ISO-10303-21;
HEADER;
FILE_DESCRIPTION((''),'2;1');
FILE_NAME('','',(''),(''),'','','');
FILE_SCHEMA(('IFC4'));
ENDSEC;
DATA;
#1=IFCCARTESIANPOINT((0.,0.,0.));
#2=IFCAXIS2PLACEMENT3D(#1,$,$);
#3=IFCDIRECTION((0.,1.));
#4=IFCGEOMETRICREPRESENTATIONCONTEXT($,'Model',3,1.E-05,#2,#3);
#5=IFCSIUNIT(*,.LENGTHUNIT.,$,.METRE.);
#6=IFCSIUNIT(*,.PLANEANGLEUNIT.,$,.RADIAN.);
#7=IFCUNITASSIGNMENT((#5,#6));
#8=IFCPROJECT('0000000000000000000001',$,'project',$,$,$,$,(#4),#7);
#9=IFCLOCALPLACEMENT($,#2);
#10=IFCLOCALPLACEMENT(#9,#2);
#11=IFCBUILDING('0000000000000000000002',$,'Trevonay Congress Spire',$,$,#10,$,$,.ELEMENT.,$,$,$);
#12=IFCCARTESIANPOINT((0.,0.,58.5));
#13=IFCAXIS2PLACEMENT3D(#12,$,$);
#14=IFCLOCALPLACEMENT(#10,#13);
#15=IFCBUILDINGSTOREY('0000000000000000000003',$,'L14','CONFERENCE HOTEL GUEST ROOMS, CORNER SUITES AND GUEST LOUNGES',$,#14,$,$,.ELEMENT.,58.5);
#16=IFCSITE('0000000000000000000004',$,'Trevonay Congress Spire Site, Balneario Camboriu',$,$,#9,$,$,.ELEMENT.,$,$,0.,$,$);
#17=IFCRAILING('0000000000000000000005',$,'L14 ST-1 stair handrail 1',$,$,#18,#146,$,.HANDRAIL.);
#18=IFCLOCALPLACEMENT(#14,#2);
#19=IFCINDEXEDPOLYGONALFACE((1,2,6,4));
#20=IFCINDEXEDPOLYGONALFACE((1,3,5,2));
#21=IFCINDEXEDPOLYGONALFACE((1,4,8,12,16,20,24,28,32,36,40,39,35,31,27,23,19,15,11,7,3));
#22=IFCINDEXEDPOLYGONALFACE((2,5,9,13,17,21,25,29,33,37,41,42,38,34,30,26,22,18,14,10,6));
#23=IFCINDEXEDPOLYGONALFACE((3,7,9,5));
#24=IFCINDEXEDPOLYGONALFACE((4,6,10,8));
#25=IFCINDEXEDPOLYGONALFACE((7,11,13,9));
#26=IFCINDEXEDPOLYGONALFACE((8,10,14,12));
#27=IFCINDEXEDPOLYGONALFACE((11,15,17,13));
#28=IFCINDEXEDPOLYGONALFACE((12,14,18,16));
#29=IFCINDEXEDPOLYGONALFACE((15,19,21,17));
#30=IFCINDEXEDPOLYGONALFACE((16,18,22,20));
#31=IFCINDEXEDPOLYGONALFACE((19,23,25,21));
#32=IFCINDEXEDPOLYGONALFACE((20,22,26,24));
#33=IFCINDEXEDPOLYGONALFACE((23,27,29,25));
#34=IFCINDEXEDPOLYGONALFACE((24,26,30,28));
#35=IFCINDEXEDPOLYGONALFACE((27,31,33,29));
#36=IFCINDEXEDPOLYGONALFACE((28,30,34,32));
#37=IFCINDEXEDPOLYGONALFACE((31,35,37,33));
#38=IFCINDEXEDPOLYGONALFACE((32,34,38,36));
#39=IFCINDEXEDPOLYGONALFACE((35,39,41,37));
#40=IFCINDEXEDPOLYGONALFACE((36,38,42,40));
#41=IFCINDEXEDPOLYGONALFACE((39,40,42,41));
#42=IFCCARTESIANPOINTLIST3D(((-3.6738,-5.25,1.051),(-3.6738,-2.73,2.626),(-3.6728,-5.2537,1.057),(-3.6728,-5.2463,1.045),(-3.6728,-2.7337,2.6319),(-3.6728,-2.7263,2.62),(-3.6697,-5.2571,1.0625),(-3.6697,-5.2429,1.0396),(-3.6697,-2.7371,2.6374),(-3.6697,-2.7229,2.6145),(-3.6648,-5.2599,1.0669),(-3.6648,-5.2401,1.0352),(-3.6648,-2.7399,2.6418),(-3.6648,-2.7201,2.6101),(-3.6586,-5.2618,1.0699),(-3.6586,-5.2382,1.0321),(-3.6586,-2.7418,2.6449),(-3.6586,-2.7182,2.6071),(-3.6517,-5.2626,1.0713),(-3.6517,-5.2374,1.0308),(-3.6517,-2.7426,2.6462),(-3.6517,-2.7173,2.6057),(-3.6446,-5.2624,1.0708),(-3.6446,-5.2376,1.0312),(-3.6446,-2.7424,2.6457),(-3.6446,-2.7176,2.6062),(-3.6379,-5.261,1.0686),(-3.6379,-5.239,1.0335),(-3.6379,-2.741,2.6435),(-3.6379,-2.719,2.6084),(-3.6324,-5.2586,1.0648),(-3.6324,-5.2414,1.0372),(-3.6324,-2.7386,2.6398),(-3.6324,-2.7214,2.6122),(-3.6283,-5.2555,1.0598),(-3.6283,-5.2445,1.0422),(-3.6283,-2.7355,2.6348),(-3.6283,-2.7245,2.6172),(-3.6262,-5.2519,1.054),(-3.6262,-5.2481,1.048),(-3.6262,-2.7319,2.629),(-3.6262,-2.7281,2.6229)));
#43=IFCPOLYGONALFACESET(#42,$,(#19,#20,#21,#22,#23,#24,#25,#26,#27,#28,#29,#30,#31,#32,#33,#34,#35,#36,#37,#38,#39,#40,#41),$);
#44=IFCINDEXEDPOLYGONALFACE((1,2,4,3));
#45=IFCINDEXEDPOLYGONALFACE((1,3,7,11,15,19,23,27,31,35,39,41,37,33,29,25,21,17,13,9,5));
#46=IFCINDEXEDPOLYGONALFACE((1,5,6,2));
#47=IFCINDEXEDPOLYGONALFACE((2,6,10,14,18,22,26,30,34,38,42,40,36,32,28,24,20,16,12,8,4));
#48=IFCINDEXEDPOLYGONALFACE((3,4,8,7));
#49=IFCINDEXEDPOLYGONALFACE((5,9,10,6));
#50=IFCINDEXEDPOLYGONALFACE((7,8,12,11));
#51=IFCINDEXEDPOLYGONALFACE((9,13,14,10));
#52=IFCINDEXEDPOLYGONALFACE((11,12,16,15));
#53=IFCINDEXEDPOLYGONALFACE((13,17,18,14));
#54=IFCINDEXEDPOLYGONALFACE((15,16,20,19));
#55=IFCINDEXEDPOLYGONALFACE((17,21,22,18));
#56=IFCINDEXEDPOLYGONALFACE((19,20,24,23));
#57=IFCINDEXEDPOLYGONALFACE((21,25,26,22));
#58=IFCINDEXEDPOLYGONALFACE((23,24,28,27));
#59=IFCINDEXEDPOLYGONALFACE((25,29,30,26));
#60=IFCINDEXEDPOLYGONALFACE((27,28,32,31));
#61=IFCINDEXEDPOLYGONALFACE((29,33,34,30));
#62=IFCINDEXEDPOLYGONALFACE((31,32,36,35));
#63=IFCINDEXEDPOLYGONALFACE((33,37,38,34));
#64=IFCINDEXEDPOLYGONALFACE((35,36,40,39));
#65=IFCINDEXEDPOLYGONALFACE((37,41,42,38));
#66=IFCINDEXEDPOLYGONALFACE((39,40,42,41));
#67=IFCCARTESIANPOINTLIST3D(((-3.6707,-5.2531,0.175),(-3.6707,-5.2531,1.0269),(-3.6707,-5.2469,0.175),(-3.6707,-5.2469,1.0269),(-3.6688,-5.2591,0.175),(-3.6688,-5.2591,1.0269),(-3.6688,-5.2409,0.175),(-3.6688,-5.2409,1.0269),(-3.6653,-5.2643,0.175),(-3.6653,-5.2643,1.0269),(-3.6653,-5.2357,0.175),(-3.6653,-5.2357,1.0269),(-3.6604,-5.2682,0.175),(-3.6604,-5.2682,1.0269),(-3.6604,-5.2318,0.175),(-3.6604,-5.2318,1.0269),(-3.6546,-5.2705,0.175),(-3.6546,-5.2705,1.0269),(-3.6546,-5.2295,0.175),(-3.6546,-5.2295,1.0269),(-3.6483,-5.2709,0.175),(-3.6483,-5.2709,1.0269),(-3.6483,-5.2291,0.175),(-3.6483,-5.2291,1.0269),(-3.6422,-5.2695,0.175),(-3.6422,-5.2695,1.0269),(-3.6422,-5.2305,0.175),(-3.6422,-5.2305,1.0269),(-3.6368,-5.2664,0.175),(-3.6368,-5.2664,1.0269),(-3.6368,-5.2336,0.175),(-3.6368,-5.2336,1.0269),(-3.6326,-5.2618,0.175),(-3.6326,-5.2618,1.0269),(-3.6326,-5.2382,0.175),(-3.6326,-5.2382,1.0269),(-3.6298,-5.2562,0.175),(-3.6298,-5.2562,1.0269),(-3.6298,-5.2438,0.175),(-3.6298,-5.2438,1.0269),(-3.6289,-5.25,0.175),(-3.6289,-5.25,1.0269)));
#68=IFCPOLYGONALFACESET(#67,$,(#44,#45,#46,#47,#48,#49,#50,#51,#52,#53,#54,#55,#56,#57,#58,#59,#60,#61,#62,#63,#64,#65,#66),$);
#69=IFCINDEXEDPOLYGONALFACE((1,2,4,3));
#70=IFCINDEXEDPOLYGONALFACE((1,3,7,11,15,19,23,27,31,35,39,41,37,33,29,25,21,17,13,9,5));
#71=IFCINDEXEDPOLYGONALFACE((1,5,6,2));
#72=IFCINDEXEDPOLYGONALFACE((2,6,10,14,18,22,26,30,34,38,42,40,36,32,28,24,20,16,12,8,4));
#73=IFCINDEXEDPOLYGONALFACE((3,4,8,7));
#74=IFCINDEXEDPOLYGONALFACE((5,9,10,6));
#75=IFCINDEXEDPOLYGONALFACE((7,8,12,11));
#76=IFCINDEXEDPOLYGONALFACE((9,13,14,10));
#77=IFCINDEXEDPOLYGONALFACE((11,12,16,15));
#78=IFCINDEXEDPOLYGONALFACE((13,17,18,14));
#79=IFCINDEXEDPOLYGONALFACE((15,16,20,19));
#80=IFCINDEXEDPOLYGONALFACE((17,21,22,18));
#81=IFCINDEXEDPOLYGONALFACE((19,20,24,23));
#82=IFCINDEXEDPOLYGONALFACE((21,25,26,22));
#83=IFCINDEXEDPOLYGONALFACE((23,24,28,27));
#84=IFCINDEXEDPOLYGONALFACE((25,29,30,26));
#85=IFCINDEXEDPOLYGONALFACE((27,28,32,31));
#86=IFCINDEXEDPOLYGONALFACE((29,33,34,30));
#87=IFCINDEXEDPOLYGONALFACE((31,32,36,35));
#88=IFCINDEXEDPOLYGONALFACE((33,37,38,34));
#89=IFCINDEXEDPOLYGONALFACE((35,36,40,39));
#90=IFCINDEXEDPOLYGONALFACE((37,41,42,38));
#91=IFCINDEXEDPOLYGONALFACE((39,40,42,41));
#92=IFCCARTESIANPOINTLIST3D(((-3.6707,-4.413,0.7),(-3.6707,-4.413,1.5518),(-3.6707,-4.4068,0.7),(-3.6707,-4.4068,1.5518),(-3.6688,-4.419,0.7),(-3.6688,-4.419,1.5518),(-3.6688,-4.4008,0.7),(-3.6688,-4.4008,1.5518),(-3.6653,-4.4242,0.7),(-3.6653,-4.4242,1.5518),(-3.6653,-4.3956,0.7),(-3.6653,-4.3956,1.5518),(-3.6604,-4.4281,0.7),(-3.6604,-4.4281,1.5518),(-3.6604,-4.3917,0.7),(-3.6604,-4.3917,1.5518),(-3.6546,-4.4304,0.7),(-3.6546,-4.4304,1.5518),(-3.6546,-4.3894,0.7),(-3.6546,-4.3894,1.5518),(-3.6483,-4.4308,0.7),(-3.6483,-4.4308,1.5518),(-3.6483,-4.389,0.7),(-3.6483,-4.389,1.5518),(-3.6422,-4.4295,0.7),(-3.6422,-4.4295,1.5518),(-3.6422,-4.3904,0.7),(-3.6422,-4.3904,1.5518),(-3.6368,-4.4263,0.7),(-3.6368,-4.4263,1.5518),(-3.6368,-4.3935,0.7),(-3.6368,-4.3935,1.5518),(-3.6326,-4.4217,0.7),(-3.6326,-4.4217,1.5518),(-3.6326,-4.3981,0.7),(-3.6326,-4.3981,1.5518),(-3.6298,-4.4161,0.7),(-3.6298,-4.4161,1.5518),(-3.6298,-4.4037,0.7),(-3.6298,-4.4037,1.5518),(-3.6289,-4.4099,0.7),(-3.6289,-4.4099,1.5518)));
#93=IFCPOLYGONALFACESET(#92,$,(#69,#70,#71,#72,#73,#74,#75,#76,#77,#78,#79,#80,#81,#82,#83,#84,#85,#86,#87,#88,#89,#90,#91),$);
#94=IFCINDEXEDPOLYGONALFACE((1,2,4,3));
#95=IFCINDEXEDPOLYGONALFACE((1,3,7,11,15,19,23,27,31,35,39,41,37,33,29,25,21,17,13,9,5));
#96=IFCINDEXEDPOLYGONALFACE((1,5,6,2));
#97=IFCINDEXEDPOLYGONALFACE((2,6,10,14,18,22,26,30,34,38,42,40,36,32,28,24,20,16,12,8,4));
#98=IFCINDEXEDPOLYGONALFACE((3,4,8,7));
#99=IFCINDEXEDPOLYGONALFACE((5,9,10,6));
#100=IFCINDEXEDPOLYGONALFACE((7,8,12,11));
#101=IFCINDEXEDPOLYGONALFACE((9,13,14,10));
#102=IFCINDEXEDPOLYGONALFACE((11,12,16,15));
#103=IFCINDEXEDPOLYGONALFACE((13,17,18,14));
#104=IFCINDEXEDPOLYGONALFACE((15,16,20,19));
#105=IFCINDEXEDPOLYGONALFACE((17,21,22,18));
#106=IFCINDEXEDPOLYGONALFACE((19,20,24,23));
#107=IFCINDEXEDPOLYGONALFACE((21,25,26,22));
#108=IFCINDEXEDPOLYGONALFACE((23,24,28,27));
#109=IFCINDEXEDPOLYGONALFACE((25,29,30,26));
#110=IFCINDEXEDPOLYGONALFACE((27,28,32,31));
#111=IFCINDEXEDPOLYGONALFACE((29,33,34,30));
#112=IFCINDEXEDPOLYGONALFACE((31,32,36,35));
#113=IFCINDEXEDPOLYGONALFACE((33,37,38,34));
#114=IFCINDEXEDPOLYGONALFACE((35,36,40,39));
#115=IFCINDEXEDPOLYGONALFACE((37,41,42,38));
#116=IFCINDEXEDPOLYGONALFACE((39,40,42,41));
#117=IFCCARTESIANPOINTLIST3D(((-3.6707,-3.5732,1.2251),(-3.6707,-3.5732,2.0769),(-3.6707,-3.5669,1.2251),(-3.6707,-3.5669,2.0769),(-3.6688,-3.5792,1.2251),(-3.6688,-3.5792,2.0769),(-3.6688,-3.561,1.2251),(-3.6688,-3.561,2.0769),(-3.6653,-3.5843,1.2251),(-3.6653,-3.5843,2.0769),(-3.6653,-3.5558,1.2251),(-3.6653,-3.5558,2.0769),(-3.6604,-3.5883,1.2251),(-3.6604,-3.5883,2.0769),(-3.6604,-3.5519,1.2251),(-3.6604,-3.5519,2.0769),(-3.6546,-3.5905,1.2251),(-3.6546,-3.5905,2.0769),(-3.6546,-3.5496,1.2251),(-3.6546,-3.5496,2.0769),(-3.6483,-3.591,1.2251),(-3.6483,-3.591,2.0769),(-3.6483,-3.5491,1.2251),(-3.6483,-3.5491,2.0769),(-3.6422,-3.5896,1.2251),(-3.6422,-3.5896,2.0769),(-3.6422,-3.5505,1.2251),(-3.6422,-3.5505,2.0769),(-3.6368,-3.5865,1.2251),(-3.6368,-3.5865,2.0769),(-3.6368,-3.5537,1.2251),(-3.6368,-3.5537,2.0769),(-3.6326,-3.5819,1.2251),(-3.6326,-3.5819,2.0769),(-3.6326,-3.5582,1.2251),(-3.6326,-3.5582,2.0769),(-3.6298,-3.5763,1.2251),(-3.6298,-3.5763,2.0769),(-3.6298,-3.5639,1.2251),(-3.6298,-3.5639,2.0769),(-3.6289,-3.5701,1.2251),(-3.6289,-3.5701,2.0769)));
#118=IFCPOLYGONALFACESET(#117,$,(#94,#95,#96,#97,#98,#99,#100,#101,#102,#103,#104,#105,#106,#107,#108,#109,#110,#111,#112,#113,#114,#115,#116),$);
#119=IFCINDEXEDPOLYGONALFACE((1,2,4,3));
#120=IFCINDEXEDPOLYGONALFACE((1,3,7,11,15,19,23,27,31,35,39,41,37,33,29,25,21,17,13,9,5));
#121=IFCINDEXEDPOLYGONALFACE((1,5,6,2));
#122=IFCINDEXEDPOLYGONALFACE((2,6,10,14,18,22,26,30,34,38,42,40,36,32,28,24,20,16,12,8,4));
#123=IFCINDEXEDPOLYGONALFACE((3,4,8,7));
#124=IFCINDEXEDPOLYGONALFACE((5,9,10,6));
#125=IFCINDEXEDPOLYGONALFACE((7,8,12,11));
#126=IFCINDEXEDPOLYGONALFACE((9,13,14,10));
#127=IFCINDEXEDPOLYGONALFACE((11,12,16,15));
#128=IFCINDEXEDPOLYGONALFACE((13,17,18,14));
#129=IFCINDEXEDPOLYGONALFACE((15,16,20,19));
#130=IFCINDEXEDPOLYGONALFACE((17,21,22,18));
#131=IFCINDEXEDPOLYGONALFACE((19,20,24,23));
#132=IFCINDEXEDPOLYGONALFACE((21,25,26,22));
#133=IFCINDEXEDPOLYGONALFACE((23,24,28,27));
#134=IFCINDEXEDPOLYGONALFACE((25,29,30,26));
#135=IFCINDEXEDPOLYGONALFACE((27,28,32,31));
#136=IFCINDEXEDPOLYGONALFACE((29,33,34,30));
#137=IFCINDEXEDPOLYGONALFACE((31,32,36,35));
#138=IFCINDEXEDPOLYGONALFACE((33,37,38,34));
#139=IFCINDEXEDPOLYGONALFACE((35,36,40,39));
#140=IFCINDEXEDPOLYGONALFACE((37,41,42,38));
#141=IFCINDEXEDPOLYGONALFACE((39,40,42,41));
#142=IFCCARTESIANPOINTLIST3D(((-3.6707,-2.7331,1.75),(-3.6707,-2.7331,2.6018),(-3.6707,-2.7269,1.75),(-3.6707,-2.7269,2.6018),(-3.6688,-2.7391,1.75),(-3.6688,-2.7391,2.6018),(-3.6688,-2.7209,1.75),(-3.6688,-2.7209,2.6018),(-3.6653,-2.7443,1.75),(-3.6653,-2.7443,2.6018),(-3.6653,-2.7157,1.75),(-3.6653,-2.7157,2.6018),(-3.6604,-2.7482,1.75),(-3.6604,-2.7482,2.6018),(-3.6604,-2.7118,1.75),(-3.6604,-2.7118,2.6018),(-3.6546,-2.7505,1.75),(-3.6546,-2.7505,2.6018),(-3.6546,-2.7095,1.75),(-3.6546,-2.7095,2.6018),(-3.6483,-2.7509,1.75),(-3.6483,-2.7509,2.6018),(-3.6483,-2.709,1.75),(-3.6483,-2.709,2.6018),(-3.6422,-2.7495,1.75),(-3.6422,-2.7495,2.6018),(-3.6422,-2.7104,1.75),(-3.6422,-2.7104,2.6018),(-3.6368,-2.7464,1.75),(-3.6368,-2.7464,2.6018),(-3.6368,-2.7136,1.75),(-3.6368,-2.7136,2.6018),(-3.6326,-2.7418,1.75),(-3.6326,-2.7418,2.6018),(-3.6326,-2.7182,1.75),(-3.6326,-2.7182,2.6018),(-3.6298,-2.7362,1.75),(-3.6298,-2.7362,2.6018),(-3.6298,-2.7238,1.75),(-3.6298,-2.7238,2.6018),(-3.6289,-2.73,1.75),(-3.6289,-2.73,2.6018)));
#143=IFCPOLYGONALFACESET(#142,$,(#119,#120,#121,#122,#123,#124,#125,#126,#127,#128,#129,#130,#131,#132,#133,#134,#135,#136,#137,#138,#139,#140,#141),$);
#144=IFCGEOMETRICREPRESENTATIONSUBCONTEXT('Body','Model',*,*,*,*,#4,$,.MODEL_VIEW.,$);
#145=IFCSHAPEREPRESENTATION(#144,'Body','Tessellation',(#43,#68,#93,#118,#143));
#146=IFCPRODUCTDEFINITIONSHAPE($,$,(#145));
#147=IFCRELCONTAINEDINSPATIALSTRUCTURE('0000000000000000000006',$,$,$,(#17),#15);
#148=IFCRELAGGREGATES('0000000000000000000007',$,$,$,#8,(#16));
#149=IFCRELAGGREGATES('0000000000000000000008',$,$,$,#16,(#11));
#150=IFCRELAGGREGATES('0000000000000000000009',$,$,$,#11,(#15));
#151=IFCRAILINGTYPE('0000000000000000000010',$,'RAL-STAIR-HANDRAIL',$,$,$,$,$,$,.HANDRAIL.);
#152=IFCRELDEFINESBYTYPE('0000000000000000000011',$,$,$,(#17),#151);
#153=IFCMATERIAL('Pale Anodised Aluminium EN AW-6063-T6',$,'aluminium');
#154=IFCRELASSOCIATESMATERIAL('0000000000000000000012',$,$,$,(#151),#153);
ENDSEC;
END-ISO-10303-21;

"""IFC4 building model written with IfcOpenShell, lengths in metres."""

from ifc_helpers import new_model, si_unit, direction, frame, origin, origin_2d, place, context, subcontext, project, spatial, circle, extrude, material, type_object, element, save


model = new_model("IFC4")

# Units and contexts
model_context = context("Model", 3, precision=1e-05, world=origin(), true_north=direction((0.0, 1.0)))
body_context = subcontext(model_context, "Body", "Model", "MODEL_VIEW")
ifc_project = project(units=[si_unit("LENGTHUNIT", "METRE"), si_unit("PLANEANGLEUNIT", "RADIAN")], contexts=[model_context])

# Site, building, storey
site_placement = place(None, origin())
site = spatial("IfcSite", under=ifc_project, at=site_placement, Name="Trevonay Congress Spire Site, Balneario Camboriu", CompositionType="ELEMENT", RefElevation=0.0)
building_placement = place(site_placement, origin())
building = spatial("IfcBuilding", under=site, at=building_placement, Name="Trevonay Congress Spire", CompositionType="ELEMENT")
storey_placement = place(building_placement, frame((0.0, 0.0, 58.5)))
storey = spatial("IfcBuildingStorey", under=building, at=storey_placement, Name="L14", Description="CONFERENCE HOTEL GUEST ROOMS, CORNER SUITES AND GUEST LOUNGES", CompositionType="ELEMENT", Elevation=58.5)

# Shared definitions
ifc_material_1 = material(Name="Pale Anodised Aluminium EN AW-6063-T6", Category="aluminium")

# Railing
railing_type_1 = type_object("IfcRailingType", Name="RAL-STAIR-HANDRAIL", PredefinedType="HANDRAIL", material=ifc_material_1)
railing_1_placement = place(storey_placement, frame((-3.6499, -5.25, 0.175)))
element("IfcRailing", 1, at=railing_1_placement, inside=storey, type_object=railing_type_1, Name="L14 ST-1 stair handrail 1", PredefinedType="HANDRAIL", context=body_context, shape_type="SweptSolid", body=[
    extrude(circle(Radius=0.0239, at=origin_2d()), frame((0.0, 0.0, 0.876), z_axis=(0.0, 0.848008, 0.529984), x_axis=(-1.0, 0.0, 0.0)), (0.0, 0.0, 1.0), 2.9717),
    extrude(circle(Radius=0.021, at=origin_2d()), origin(), (0.0, 0.0, 1.0), 0.8518),
    extrude(circle(Radius=0.021, at=origin_2d()), frame((0.0, 0.8401, 0.5249)), (0.0, 0.0, 1.0), 0.8518),
    extrude(circle(Radius=0.021, at=origin_2d()), frame((0.0, 1.6799, 1.05)), (0.0, 0.0, 1.0), 0.8518),
    extrude(circle(Radius=0.021, at=origin_2d()), frame((0.0, 2.52, 1.575)), (0.0, 0.0, 1.0), 0.8518),
])

save(model, "model.ifc")
